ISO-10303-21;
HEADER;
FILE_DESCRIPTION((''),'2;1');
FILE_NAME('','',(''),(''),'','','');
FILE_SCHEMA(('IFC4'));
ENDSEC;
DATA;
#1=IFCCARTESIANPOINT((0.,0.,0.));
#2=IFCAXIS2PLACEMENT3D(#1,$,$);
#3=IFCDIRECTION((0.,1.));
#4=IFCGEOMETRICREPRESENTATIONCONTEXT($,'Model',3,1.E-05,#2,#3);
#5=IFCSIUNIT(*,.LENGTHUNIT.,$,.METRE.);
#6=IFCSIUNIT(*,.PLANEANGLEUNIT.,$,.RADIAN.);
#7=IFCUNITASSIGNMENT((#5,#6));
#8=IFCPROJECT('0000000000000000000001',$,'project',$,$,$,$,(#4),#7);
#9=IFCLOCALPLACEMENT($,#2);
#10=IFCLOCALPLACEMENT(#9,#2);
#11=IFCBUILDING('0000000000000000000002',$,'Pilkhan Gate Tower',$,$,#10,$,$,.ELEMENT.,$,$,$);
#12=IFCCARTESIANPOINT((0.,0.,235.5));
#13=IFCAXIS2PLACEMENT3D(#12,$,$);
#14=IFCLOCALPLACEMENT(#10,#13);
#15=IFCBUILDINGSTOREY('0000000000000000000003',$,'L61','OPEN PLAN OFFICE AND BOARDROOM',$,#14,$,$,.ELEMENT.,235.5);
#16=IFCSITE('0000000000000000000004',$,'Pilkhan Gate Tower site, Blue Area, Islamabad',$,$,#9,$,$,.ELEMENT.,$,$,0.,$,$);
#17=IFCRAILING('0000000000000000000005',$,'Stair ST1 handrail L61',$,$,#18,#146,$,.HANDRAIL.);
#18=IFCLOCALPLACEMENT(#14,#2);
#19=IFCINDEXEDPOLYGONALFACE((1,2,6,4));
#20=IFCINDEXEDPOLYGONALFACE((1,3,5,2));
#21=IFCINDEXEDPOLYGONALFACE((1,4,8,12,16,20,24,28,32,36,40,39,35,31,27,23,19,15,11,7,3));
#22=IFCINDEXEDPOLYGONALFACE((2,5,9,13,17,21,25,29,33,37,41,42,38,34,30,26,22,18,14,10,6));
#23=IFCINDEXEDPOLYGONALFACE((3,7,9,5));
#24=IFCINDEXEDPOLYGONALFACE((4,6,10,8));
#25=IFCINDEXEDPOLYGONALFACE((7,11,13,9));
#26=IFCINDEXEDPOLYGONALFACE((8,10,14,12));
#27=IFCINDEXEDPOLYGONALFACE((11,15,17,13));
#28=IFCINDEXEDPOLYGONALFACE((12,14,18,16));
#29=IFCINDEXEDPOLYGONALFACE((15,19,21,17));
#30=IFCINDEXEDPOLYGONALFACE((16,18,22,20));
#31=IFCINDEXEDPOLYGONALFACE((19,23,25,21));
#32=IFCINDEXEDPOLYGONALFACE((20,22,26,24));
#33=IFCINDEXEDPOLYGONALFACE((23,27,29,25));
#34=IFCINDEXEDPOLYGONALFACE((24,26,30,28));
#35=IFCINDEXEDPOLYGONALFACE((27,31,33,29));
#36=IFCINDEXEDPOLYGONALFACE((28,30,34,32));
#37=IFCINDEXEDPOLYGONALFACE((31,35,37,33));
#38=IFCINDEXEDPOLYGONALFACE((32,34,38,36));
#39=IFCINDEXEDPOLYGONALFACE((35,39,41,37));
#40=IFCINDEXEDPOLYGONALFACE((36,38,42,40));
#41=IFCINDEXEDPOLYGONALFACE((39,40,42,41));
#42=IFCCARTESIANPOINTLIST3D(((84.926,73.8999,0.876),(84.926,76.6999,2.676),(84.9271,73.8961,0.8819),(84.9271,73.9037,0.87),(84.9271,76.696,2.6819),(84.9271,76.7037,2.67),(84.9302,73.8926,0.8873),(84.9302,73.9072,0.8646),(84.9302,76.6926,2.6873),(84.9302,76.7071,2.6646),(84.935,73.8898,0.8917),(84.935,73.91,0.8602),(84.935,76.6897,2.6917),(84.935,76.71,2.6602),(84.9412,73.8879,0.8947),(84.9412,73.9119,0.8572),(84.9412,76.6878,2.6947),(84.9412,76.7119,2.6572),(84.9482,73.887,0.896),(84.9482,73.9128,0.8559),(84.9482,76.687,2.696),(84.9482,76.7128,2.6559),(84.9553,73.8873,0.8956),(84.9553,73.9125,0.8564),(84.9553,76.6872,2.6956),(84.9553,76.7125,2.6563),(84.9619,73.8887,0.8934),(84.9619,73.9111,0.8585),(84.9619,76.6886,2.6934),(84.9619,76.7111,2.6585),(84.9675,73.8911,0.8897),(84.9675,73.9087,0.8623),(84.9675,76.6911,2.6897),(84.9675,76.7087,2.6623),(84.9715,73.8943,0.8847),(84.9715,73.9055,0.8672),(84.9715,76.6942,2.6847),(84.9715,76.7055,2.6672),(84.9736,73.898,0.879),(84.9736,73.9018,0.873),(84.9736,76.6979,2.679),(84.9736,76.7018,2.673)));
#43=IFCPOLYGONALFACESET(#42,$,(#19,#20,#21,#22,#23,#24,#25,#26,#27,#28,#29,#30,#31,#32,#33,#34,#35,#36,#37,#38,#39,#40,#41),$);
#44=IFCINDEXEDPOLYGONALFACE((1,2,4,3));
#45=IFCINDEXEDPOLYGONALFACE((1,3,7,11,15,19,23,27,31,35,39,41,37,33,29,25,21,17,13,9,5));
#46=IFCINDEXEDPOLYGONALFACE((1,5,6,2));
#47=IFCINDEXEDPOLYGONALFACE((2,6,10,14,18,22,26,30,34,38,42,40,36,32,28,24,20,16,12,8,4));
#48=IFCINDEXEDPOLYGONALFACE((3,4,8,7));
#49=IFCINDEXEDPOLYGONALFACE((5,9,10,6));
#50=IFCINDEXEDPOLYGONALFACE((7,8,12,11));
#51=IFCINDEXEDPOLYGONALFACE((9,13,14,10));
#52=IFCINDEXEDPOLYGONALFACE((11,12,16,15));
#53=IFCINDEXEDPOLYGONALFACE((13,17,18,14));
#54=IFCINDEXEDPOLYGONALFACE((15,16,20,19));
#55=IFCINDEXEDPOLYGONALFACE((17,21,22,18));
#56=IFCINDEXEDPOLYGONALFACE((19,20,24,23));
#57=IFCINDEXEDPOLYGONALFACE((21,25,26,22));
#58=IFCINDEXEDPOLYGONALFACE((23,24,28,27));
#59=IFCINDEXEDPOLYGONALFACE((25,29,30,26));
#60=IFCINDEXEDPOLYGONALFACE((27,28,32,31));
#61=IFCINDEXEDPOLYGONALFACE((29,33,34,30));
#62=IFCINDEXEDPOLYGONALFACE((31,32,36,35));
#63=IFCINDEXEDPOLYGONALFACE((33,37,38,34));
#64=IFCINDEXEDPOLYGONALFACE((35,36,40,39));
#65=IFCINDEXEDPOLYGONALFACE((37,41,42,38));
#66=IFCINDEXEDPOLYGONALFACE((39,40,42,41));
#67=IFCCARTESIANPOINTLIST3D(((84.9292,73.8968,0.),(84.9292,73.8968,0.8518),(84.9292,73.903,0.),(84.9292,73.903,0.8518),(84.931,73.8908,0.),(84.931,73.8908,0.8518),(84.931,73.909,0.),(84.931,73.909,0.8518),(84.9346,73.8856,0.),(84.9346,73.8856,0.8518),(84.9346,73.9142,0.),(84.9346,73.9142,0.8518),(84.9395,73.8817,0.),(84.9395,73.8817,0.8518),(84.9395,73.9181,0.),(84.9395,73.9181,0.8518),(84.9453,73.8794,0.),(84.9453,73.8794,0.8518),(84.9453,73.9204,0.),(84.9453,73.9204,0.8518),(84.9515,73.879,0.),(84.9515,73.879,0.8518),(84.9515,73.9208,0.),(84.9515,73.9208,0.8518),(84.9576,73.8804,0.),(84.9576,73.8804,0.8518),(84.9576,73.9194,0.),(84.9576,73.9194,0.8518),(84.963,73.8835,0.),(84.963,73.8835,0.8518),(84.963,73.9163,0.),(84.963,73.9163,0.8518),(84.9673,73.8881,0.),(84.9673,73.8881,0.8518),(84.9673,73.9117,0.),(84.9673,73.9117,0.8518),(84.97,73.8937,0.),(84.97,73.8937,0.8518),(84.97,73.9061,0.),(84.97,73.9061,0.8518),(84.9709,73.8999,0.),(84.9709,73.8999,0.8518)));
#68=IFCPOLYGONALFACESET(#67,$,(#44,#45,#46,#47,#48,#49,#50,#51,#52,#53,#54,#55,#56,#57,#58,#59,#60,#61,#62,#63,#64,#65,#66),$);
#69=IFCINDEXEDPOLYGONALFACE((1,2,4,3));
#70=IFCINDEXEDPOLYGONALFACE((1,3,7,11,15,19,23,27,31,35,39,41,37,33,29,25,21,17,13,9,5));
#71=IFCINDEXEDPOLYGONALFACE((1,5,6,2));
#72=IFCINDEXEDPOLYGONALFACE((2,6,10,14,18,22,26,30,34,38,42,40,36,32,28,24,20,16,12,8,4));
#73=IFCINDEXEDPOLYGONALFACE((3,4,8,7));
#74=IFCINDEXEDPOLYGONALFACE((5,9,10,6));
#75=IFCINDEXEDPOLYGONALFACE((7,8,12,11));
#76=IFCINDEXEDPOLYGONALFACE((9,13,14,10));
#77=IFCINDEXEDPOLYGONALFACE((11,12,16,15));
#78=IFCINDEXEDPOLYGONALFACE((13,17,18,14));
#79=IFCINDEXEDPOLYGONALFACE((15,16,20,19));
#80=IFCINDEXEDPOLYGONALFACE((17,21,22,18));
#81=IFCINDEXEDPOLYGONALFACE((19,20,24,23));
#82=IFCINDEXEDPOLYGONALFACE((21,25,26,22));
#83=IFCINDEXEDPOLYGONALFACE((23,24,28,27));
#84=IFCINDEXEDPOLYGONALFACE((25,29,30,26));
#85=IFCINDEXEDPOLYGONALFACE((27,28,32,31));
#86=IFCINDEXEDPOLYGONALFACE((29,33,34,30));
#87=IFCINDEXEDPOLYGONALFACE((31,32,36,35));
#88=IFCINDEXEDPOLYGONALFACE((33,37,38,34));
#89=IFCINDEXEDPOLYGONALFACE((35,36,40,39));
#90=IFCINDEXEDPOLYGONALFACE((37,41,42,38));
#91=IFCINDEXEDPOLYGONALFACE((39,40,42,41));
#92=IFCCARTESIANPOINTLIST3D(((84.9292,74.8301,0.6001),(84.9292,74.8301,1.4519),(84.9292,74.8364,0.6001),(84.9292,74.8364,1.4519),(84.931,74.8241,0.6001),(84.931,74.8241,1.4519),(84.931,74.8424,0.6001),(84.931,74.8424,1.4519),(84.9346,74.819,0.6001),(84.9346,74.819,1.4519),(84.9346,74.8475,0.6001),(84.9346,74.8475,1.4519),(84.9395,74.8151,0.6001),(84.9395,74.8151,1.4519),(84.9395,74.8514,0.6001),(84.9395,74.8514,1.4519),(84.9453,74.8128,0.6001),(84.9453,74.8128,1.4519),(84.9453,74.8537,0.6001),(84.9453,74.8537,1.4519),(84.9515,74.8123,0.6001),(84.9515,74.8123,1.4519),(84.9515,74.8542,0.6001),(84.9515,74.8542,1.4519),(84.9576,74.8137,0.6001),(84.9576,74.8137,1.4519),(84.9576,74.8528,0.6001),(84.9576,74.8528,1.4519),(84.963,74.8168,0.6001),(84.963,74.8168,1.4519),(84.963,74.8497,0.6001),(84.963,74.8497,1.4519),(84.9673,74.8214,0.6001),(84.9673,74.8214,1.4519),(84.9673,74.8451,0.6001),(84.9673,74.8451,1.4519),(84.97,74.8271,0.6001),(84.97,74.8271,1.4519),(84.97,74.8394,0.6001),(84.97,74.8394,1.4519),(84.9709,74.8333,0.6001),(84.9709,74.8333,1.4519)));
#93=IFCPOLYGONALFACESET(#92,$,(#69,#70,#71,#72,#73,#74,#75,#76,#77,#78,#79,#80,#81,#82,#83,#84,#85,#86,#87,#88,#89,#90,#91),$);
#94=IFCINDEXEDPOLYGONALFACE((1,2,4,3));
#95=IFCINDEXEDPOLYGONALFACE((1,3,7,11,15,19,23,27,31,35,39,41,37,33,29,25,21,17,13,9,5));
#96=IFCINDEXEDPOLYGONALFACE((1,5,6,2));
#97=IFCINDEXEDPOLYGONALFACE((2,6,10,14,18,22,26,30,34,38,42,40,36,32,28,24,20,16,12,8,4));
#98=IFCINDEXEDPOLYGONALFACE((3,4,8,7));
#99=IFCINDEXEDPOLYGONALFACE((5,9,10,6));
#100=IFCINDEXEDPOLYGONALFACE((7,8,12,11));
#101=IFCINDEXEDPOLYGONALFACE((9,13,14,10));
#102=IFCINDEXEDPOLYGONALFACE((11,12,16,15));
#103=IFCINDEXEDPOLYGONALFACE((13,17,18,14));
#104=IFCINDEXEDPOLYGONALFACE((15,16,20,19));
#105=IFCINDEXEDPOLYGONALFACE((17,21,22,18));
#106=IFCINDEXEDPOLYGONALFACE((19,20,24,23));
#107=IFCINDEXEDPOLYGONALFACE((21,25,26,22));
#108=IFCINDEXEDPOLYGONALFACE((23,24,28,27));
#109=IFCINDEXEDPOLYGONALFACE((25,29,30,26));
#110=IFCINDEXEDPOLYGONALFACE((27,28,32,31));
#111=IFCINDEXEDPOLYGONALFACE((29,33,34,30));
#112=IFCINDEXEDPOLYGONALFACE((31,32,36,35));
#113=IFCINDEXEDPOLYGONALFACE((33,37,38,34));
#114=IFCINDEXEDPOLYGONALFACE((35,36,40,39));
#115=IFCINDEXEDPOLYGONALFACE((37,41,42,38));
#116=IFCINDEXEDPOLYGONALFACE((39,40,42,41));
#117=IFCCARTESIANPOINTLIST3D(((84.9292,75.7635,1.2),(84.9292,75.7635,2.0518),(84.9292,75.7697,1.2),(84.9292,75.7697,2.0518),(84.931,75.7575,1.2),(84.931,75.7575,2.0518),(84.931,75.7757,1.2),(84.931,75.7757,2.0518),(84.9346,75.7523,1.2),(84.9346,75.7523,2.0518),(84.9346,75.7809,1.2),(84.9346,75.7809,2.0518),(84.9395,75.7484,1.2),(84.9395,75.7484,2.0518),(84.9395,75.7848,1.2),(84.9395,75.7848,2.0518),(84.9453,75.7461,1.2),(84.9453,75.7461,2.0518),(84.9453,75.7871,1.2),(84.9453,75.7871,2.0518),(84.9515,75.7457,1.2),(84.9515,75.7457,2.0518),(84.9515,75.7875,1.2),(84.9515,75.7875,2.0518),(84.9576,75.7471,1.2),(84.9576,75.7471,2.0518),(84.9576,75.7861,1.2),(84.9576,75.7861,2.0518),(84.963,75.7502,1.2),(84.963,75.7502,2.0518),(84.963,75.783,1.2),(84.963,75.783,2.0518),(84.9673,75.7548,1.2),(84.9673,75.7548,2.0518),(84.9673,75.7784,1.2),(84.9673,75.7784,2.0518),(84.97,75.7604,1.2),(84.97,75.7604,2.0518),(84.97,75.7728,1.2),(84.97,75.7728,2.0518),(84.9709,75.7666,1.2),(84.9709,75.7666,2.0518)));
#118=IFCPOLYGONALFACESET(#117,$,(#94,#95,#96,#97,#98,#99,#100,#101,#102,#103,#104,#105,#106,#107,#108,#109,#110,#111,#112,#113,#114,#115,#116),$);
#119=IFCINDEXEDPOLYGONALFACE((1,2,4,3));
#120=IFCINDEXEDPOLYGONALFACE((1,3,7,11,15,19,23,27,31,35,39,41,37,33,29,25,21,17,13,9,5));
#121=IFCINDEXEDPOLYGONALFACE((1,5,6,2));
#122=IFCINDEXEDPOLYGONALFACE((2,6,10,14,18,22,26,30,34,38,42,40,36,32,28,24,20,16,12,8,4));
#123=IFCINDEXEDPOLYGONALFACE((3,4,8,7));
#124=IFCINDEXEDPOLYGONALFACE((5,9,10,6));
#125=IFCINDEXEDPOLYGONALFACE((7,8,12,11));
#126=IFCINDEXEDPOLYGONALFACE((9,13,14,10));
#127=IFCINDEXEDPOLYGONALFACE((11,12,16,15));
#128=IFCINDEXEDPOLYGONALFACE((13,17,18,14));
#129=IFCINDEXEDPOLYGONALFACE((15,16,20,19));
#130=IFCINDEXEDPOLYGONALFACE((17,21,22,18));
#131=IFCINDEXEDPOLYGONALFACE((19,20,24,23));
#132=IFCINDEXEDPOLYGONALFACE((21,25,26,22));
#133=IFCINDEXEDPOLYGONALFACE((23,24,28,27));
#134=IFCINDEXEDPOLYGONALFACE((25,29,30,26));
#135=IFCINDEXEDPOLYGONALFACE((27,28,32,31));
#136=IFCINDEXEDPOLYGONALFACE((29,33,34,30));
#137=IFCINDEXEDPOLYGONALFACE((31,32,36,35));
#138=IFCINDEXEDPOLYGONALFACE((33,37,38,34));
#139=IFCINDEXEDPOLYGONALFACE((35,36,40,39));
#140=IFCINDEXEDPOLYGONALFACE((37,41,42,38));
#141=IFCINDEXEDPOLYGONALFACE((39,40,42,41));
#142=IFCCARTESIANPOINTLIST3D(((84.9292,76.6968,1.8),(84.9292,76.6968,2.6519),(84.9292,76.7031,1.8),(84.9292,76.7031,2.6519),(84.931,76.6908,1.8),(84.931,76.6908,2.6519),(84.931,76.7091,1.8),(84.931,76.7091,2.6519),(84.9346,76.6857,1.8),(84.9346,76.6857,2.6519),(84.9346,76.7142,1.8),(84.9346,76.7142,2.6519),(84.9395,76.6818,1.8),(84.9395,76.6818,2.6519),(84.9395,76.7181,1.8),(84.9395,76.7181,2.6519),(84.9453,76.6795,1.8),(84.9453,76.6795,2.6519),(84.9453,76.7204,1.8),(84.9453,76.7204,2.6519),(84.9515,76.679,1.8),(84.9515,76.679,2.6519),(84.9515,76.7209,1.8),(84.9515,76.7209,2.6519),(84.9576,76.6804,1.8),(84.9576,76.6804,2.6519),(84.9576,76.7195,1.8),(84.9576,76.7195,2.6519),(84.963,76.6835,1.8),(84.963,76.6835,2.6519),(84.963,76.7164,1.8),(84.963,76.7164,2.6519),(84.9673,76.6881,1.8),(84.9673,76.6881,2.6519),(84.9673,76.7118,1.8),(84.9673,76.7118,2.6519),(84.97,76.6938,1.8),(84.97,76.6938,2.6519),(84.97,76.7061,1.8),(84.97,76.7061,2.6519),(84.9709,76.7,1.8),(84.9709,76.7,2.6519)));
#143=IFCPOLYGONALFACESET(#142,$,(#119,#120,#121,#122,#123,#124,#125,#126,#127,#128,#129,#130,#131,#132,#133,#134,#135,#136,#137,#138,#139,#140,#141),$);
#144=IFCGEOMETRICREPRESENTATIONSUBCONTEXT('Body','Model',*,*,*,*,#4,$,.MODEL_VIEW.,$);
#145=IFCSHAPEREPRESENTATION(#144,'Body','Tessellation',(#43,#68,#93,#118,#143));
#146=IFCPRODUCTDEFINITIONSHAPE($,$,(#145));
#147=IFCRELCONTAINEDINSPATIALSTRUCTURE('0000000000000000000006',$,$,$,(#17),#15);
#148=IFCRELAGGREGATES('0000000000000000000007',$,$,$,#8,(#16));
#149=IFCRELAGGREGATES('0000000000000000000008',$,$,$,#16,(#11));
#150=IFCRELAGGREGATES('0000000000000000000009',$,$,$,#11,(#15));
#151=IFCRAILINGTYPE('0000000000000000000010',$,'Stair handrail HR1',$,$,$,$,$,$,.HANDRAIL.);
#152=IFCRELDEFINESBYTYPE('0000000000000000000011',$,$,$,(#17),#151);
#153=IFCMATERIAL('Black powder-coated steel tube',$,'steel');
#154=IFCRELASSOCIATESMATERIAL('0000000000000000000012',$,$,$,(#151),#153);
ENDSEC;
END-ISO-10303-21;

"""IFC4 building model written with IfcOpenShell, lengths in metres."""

from ifc_helpers import new_model, si_unit, direction, frame, origin, origin_2d, place, context, subcontext, project, spatial, circle, extrude, material, type_object, element, save


model = new_model("IFC4")

# Units and contexts
model_context = context("Model", 3, precision=1e-05, world=origin(), true_north=direction((0.0, 1.0)))
body_context = subcontext(model_context, "Body", "Model", "MODEL_VIEW")
ifc_project = project(units=[si_unit("LENGTHUNIT", "METRE"), si_unit("PLANEANGLEUNIT", "RADIAN")], contexts=[model_context])

# Site, building, storey
site_placement = place(None, origin())
site = spatial("IfcSite", under=ifc_project, at=site_placement, Name="Pilkhan Gate Tower site, Blue Area, Islamabad", CompositionType="ELEMENT", RefElevation=0.0)
building_placement = place(site_placement, origin())
building = spatial("IfcBuilding", under=site, at=building_placement, Name="Pilkhan Gate Tower", CompositionType="ELEMENT")
storey_placement = place(building_placement, frame((0.0, 0.0, 235.5)))
storey = spatial("IfcBuildingStorey", under=building, at=storey_placement, Name="L61", Description="OPEN PLAN OFFICE AND BOARDROOM", CompositionType="ELEMENT", Elevation=235.5)

# Railing
ifc_material_1 = material(Name="Black powder-coated steel tube", Category="steel")
railing_type = type_object("IfcRailingType", Name="Stair handrail HR1", PredefinedType="HANDRAIL", material=ifc_material_1)
railing_placement = place(storey_placement, frame((84.95, 73.8999, 0.0)))
element("IfcRailing", 1, at=railing_placement, inside=storey, type_object=railing_type, Name="Stair ST1 handrail L61", PredefinedType="HANDRAIL", context=body_context, shape_type="SweptSolid", body=[
    extrude(circle(Radius=0.0239, at=origin_2d()), frame((0.0, 0.0, 0.876), z_axis=(0.0, 0.841176, 0.540761), x_axis=(-1.0, 0.0, 0.0)), (0.0, 0.0, 1.0), 3.3286),
    extrude(circle(Radius=0.021, at=origin_2d()), origin(), (0.0, 0.0, 1.0), 0.8518),
    extrude(circle(Radius=0.021, at=origin_2d()), frame((0.0, 0.9333, 0.6001)), (0.0, 0.0, 1.0), 0.8518),
    extrude(circle(Radius=0.021, at=origin_2d()), frame((0.0, 1.8667, 1.2)), (0.0, 0.0, 1.0), 0.8518),
    extrude(circle(Radius=0.021, at=origin_2d()), frame((0.0, 2.8, 1.8)), (0.0, 0.0, 1.0), 0.8518),
])

save(model, "model.ifc")
